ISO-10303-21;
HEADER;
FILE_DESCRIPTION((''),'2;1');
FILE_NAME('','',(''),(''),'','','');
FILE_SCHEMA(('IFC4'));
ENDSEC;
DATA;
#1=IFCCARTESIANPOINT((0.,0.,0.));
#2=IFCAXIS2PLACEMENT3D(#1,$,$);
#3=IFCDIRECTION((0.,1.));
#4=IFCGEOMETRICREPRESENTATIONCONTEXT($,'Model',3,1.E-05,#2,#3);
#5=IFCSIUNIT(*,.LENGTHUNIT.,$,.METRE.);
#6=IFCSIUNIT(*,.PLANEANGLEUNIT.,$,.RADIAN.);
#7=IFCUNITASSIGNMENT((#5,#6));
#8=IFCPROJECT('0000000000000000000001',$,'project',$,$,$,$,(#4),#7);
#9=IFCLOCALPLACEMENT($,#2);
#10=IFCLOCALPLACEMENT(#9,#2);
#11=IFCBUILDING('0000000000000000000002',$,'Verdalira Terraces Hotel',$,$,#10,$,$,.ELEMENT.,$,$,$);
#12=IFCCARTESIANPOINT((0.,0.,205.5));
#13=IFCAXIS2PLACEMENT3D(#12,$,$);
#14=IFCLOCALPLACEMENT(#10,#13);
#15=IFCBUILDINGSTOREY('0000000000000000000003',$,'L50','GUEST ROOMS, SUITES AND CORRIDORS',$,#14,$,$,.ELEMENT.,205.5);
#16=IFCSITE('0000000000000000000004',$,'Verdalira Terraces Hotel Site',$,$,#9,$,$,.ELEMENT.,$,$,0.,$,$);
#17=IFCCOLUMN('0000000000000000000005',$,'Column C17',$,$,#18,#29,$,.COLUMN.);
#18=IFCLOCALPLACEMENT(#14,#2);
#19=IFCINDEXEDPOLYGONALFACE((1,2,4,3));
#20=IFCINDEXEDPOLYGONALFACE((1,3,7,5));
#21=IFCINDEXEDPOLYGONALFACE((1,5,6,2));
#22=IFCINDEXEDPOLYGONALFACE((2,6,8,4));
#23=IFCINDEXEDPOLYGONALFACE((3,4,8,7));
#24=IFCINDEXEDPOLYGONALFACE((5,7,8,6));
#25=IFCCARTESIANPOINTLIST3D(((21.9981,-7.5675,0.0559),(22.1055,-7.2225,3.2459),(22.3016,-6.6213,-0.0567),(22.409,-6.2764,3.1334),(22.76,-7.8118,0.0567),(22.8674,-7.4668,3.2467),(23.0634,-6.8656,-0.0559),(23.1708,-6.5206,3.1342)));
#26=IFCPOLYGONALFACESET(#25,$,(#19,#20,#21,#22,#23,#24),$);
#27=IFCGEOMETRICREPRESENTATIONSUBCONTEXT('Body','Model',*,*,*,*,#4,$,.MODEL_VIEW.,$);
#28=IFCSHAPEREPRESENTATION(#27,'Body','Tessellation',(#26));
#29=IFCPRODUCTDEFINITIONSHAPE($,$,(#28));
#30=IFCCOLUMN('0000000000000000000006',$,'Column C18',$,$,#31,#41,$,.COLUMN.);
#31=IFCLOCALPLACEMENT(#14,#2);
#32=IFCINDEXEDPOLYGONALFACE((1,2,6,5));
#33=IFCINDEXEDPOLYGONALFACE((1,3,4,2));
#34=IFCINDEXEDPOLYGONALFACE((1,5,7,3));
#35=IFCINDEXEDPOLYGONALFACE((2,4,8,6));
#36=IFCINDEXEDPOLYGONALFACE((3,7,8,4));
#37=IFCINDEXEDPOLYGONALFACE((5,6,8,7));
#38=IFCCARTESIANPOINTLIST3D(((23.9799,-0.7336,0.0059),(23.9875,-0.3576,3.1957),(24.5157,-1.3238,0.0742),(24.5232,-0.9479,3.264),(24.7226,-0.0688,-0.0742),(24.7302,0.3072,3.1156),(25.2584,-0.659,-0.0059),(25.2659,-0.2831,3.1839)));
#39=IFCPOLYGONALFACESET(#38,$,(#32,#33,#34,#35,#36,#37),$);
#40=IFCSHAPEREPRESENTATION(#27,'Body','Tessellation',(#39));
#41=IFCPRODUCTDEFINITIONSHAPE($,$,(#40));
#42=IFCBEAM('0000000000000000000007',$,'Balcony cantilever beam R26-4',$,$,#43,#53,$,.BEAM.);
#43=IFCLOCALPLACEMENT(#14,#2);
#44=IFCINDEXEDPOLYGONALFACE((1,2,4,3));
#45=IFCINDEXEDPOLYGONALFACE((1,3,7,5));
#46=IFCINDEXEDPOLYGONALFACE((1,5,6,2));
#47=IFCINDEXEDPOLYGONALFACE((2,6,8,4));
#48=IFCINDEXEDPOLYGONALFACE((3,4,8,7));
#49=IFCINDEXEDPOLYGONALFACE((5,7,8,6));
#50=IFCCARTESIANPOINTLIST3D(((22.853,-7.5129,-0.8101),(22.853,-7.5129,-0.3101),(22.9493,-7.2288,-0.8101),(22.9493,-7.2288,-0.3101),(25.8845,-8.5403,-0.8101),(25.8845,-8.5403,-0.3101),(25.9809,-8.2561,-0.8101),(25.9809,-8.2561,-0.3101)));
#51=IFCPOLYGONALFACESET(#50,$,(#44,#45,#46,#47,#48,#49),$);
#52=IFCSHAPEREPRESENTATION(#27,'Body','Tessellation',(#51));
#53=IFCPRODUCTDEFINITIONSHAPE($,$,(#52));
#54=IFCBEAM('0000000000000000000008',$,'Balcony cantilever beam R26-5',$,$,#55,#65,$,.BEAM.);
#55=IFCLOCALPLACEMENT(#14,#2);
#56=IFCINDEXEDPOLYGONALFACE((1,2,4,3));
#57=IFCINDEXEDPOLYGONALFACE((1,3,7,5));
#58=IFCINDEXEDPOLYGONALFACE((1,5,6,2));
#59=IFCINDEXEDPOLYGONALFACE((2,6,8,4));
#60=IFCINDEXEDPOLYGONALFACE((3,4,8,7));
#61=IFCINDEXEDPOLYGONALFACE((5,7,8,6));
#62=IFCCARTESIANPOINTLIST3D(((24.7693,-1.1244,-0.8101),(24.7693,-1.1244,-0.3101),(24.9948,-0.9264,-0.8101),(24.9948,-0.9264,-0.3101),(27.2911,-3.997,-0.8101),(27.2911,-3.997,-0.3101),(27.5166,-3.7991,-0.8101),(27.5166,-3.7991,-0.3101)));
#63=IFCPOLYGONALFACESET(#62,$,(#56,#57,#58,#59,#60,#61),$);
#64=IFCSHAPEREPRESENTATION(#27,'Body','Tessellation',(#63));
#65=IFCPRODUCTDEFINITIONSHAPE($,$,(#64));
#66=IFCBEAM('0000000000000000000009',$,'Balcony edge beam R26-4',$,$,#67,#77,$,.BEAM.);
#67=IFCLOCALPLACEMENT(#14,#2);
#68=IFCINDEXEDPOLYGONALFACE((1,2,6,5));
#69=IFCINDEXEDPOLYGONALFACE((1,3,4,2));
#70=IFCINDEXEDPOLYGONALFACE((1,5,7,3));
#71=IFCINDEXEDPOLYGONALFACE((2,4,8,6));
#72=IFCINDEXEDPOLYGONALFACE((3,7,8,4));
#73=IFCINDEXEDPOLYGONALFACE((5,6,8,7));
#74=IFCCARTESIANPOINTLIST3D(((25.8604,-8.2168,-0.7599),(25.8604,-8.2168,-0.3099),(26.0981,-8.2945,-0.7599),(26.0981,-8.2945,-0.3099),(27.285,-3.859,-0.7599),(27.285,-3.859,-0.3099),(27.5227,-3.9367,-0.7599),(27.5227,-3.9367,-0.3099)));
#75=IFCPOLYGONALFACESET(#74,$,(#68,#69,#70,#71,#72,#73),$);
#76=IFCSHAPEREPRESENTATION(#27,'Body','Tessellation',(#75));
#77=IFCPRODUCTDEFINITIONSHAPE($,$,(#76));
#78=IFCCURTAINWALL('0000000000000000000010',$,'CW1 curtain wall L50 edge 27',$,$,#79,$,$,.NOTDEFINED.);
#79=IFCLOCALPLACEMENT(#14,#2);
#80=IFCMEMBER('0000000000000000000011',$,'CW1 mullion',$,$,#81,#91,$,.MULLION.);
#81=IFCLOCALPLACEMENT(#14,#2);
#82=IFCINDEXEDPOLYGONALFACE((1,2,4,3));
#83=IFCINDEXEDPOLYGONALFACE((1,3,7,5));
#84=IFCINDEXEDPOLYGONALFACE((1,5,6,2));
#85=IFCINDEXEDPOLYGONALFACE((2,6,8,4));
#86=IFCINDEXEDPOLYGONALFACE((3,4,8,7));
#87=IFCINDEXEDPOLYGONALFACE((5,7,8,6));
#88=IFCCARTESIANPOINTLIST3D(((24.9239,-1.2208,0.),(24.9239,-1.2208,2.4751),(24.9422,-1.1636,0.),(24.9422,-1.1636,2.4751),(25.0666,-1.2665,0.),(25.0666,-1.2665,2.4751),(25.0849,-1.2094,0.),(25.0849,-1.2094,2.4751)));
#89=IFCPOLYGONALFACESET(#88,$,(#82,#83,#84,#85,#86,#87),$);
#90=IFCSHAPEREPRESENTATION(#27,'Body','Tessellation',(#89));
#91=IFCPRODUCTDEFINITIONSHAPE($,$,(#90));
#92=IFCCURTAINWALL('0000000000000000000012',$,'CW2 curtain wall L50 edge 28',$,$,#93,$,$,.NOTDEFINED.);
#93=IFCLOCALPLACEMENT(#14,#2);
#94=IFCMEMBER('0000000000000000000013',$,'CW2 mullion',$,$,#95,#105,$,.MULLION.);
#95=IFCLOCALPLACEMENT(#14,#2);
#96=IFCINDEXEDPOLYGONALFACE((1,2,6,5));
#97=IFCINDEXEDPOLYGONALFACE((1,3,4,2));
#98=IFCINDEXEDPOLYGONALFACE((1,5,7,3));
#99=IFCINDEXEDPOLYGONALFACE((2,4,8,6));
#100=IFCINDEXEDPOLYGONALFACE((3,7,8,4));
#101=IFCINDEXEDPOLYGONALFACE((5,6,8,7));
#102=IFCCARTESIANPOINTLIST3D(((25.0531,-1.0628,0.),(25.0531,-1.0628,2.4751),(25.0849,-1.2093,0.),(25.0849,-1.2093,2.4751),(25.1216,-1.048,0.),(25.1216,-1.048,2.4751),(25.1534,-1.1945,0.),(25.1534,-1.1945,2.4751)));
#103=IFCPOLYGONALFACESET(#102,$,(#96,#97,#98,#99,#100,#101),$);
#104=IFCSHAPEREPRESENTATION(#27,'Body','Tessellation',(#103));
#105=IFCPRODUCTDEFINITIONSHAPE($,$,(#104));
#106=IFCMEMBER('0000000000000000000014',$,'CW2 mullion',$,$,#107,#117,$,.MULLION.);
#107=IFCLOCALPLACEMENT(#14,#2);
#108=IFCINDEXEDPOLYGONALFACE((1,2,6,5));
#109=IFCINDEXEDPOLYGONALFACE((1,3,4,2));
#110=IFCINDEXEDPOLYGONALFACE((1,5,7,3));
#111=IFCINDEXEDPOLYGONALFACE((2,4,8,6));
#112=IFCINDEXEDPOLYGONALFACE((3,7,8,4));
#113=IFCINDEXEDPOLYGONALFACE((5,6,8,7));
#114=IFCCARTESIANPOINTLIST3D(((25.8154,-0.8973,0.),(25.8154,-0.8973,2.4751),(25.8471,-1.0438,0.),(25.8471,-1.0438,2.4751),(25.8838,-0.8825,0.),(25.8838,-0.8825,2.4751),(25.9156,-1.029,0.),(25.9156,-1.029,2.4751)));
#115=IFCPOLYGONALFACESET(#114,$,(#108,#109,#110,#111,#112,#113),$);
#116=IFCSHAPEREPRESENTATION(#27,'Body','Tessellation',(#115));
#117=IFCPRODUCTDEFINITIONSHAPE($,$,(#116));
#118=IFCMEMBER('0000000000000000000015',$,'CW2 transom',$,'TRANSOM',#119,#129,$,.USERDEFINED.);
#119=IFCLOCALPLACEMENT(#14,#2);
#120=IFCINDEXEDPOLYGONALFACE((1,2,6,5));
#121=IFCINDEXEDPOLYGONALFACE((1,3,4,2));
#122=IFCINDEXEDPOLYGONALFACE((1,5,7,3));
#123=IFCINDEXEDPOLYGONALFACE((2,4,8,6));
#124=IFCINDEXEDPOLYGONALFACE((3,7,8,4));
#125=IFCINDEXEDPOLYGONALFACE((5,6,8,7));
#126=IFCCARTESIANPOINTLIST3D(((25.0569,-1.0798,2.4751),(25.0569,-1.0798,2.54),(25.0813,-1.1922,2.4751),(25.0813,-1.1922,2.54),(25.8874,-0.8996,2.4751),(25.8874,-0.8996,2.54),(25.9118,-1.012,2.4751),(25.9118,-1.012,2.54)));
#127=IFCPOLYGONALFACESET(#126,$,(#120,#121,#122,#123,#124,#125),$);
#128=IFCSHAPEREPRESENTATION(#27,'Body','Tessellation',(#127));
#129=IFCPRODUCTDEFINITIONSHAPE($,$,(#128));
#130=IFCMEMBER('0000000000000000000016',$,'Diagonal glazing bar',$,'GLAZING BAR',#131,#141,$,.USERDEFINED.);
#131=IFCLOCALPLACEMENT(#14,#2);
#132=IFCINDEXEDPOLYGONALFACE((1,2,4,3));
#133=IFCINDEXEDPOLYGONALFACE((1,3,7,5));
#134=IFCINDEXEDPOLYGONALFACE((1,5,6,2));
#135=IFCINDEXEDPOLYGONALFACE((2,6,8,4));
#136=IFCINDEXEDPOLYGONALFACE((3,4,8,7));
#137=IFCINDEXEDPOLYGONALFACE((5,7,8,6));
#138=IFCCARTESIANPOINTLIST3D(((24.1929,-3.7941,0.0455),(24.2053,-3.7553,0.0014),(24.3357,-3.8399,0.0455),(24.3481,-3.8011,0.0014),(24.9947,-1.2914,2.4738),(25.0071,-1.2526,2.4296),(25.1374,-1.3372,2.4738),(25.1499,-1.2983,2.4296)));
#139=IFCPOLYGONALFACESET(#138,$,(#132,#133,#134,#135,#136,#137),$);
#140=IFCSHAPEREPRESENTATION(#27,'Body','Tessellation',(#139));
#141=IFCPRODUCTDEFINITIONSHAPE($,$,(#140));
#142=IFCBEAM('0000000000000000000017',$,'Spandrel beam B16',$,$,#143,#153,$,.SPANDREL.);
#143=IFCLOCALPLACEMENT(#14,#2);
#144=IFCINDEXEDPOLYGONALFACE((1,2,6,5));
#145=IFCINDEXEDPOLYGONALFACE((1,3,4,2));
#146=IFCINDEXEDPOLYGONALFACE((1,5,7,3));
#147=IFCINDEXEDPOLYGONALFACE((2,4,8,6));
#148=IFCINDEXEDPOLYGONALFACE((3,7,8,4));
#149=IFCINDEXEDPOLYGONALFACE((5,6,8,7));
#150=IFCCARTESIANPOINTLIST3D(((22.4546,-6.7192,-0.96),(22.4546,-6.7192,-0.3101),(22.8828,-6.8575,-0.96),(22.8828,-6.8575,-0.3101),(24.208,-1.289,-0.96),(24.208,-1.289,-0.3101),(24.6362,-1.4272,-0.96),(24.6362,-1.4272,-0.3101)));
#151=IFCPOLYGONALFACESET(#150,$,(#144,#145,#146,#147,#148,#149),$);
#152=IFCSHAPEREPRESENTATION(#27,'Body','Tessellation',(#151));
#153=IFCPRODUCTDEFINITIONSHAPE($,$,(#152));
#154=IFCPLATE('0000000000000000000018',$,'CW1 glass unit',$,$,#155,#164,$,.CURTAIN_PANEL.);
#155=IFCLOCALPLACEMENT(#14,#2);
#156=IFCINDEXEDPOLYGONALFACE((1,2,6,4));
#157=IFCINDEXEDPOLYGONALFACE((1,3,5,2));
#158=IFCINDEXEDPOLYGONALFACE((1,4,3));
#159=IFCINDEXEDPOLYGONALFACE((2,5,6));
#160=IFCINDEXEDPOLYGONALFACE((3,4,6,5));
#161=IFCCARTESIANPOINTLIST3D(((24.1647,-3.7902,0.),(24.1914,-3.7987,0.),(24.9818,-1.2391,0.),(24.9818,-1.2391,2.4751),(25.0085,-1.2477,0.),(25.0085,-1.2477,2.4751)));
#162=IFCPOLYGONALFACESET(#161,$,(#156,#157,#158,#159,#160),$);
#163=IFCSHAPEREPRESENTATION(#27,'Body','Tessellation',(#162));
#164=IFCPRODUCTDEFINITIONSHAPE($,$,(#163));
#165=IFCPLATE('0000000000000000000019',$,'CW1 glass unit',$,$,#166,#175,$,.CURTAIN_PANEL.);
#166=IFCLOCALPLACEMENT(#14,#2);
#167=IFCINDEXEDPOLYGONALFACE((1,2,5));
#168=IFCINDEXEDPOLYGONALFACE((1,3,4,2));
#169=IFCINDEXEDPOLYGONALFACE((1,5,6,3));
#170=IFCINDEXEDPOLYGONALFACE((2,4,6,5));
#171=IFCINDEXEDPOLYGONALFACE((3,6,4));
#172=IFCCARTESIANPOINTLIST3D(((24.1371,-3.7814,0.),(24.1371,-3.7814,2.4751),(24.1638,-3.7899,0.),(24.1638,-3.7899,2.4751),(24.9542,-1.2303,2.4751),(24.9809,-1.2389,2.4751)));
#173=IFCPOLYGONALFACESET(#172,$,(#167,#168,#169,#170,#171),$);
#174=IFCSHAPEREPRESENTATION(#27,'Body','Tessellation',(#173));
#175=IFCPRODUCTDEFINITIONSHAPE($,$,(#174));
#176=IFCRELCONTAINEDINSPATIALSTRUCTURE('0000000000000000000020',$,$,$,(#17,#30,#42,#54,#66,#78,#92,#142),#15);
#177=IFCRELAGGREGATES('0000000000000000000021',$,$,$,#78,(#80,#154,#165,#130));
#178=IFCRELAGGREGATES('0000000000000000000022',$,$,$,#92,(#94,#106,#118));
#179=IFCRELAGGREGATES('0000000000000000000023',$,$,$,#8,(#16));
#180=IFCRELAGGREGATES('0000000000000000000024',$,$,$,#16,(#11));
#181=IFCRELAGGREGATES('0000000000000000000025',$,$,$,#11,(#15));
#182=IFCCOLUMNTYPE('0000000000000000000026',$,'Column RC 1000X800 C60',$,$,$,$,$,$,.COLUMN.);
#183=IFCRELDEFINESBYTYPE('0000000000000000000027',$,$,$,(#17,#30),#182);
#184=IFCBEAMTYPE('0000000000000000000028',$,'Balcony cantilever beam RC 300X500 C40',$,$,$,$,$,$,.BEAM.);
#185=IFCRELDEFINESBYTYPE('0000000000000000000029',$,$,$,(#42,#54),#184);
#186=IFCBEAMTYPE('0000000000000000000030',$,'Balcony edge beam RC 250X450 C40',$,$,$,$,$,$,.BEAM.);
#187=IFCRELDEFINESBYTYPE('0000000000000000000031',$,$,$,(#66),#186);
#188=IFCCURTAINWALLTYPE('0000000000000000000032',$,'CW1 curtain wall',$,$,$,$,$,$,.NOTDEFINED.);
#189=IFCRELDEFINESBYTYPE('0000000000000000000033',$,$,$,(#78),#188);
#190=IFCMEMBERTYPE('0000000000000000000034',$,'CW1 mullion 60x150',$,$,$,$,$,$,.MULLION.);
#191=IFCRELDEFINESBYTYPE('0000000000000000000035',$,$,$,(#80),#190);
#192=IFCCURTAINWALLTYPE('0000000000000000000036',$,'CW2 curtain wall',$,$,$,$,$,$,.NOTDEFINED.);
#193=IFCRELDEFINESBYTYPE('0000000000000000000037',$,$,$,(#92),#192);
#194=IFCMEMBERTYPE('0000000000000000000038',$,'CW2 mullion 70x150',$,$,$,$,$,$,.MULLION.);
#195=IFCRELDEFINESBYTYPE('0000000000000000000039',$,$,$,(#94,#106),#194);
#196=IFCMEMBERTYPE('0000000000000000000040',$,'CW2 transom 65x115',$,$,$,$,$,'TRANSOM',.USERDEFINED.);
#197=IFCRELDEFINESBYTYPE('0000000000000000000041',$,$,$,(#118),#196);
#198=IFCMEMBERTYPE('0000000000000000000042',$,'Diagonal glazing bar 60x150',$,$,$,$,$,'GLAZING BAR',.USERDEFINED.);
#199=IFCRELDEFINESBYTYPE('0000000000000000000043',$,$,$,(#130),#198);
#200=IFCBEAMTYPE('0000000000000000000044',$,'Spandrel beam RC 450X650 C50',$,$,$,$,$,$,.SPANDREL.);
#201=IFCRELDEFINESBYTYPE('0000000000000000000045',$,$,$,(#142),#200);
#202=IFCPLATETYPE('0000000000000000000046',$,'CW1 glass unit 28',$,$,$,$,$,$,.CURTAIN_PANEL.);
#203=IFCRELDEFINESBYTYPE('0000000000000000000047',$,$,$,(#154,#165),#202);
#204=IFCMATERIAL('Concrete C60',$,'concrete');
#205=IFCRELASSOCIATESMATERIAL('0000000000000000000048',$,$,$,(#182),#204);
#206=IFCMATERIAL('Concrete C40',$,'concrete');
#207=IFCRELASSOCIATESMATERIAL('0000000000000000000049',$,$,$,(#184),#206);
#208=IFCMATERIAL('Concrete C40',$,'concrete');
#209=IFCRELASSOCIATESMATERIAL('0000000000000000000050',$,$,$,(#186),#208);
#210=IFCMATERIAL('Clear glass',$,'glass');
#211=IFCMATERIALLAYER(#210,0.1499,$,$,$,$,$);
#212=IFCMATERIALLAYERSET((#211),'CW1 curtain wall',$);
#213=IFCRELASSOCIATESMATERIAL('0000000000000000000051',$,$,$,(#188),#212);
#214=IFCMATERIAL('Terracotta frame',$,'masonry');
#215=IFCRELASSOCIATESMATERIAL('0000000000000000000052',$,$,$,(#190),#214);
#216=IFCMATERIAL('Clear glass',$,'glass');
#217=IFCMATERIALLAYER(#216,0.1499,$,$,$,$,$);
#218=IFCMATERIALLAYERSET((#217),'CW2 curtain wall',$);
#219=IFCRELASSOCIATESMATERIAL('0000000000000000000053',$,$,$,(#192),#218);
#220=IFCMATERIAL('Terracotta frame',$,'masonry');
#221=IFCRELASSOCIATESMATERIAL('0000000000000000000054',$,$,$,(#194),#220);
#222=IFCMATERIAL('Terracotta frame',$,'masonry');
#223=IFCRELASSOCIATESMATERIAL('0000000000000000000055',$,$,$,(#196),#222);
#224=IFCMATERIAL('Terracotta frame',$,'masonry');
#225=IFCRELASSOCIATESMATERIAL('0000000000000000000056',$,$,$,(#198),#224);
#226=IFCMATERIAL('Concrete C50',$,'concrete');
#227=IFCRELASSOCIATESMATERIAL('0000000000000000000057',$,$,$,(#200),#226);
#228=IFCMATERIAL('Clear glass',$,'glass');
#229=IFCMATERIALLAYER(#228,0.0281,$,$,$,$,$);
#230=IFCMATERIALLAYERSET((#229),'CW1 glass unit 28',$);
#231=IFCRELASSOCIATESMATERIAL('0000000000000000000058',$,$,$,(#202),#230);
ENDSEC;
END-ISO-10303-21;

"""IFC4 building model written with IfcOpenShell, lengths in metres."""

from ifc_helpers import new_model, si_unit, direction, frame, origin, origin_2d, place, context, subcontext, project, spatial, polyline, rectangle, outline, extrude, material, layer, layer_set, material_profile, profile_set, type_object, element, aggregate, save


model = new_model("IFC4")

# Units and contexts
model_context = context("Model", 3, precision=1e-05, world=origin(), true_north=direction((0.0, 1.0)))
body_context = subcontext(model_context, "Body", "Model", "MODEL_VIEW")
ifc_project = project(units=[si_unit("LENGTHUNIT", "METRE"), si_unit("PLANEANGLEUNIT", "RADIAN")], contexts=[model_context])

# Site, building, storey
site_placement = place(None, origin())
site = spatial("IfcSite", under=ifc_project, at=site_placement, Name="Verdalira Terraces Hotel Site", CompositionType="ELEMENT", RefElevation=0.0)
building_placement = place(site_placement, origin())
building = spatial("IfcBuilding", under=site, at=building_placement, Name="Verdalira Terraces Hotel", CompositionType="ELEMENT")
storey_placement = place(building_placement, frame((0.0, 0.0, 205.5)))
storey = spatial("IfcBuildingStorey", under=building, at=storey_placement, Name="L50", Description="GUEST ROOMS, SUITES AND CORRIDORS", CompositionType="ELEMENT", Elevation=205.5)

# Columns
ifc_material_1 = material(Name="Concrete C60", Category="concrete")
ifc_material_profile_1 = material_profile(ifc_material_1, rectangle(XDim=1.0, YDim=0.8, at=origin_2d()), Name="RC 1000X800")
ifc_profile_set_1 = profile_set([ifc_material_profile_1], Name="Concrete C60")
column_type = type_object("IfcColumnType", Name="Column RC 1000X800 C60", PredefinedType="COLUMN", material=ifc_profile_set_1)
column_1_placement = place(storey_placement, frame((22.5308, -7.2166, 0.0), z_axis=(0.033461, 0.107456, 0.993647), x_axis=(0.303464, 0.946173, -0.112541)))
element("IfcColumn", 1, at=column_1_placement, inside=storey, type_object=column_type, Name="Column C17", PredefinedType="COLUMN", context=body_context, shape_type="SweptSolid", body=[
    extrude(rectangle(XDim=1.0, YDim=0.8, at=origin_2d()), origin(), (0.0, 0.0, 1.0), 3.2104),
])
column_2_placement = place(storey_placement, frame((24.6191, -0.6963, 0.0), z_axis=(0.002356, 0.117053, 0.993123), x_axis=(-0.742703, -0.66481, 0.080119)))
element("IfcColumn", 2, at=column_2_placement, inside=storey, type_object=column_type, Name="Column C18", PredefinedType="COLUMN", context=body_context, shape_type="SweptSolid", body=[
    extrude(rectangle(XDim=1.0, YDim=0.8, at=origin_2d()), origin(), (0.0, 0.0, 1.0), 3.2119),
])

# Beams
ifc_material_2 = material(Name="Concrete C40", Category="concrete")
ifc_material_profile_2 = material_profile(ifc_material_2, rectangle(XDim=0.3, YDim=0.5, at=origin_2d()), Name="RC 300X500")
ifc_profile_set_2 = profile_set([ifc_material_profile_2], Name="Concrete C40")
beam_type_1 = type_object("IfcBeamType", Name="Balcony cantilever beam RC 300X500 C40", PredefinedType="BEAM", material=ifc_profile_set_2)
beam_1_placement = place(storey_placement, frame((22.9011, -7.3708, -0.5601), z_axis=(0.947093, -0.32096, 0.0), x_axis=(0.32096, 0.947093, 0.0)))
element("IfcBeam", 3, at=beam_1_placement, inside=storey, type_object=beam_type_1, Name="Balcony cantilever beam R26-4", PredefinedType="BEAM", context=body_context, shape_type="SweptSolid", body=[
    extrude(rectangle(XDim=0.3, YDim=0.5, at=origin_2d()), origin(), (0.0, 0.0, 1.0), 3.2009),
])
beam_2_placement = place(storey_placement, frame((24.8821, -1.0254, -0.5601), z_axis=(0.659725, -0.751507, 0.0), x_axis=(0.751507, 0.659725, 0.0)))
element("IfcBeam", 4, at=beam_2_placement, inside=storey, type_object=beam_type_1, Name="Balcony cantilever beam R26-5", PredefinedType="BEAM", context=body_context, shape_type="SweptSolid", body=[
    extrude(rectangle(XDim=0.3, YDim=0.5, at=origin_2d()), origin(), (0.0, 0.0, 1.0), 3.8225),
])
ifc_material_3 = material(Name="Concrete C40", Category="concrete")
ifc_material_profile_3 = material_profile(ifc_material_3, rectangle(XDim=0.25, YDim=0.45, at=origin_2d()), Name="RC 250X450")
ifc_profile_set_3 = profile_set([ifc_material_profile_3], Name="Concrete C40")
beam_type_2 = type_object("IfcBeamType", Name="Balcony edge beam RC 250X450 C40", PredefinedType="BEAM", material=ifc_profile_set_3)
beam_3_placement = place(storey_placement, frame((25.9792, -8.2556, -0.5349), z_axis=(0.310727, 0.950499, 0.0), x_axis=(-0.950499, 0.310727, 0.0)))
element("IfcBeam", 5, at=beam_3_placement, inside=storey, type_object=beam_type_2, Name="Balcony edge beam R26-4", PredefinedType="BEAM", context=body_context, shape_type="SweptSolid", body=[
    extrude(rectangle(XDim=0.25, YDim=0.45, at=origin_2d()), origin(), (0.0, 0.0, 1.0), 4.5847),
])

# Curtain wall, member
ifc_material_4 = material(Name="Clear glass", Category="glass")
ifc_layer_1 = layer(ifc_material_4, 0.1499)
ifc_layer_set_1 = layer_set([ifc_layer_1], Name="CW1 curtain wall")
curtain_wall_type_1 = type_object("IfcCurtainWallType", Name="CW1 curtain wall", PredefinedType="NOTDEFINED", material=ifc_layer_set_1)
curtain_wall_1_placement = place(storey_placement, origin())
curtain_wall_1 = element("IfcCurtainWall", 6, at=curtain_wall_1_placement, inside=storey, type_object=curtain_wall_type_1, Name="CW1 curtain wall L50 edge 27", PredefinedType="NOTDEFINED")
ifc_material_5 = material(Name="Terracotta frame", Category="masonry")
ifc_material_profile_4 = material_profile(ifc_material_5, rectangle(XDim=0.0601, YDim=0.1499, at=origin_2d()), Name="MU 60x150")
ifc_profile_set_4 = profile_set([ifc_material_profile_4], Name="Terracotta frame")
member_type_1 = type_object("IfcMemberType", Name="CW1 mullion 60x150", PredefinedType="MULLION", material=ifc_profile_set_4)
member_1_placement = place(storey_placement, frame((25.0044, -1.2151, 0.0), z_axis=(0.0, 0.0, 1.0), x_axis=(0.305031, 0.952343, 0.0)))
member_1 = element("IfcMember", 7, at=member_1_placement, type_object=member_type_1, Name="CW1 mullion", PredefinedType="MULLION", context=body_context, shape_type="SweptSolid", body=[
    extrude(rectangle(XDim=0.0601, YDim=0.1499, at=origin_2d()), origin(), (0.0, 0.0, 1.0), 2.4751),
])

# Curtain wall, members
ifc_material_6 = material(Name="Clear glass", Category="glass")
ifc_layer_2 = layer(ifc_material_6, 0.1499)
ifc_layer_set_2 = layer_set([ifc_layer_2], Name="CW2 curtain wall")
curtain_wall_type_2 = type_object("IfcCurtainWallType", Name="CW2 curtain wall", PredefinedType="NOTDEFINED", material=ifc_layer_set_2)
curtain_wall_2_placement = place(storey_placement, origin())
curtain_wall_2 = element("IfcCurtainWall", 8, at=curtain_wall_2_placement, inside=storey, type_object=curtain_wall_type_2, Name="CW2 curtain wall L50 edge 28", PredefinedType="NOTDEFINED")
ifc_material_7 = material(Name="Terracotta frame", Category="masonry")
ifc_material_profile_5 = material_profile(ifc_material_7, rectangle(XDim=0.0701, YDim=0.1499, at=origin_2d()), Name="MU 70x150")
ifc_profile_set_5 = profile_set([ifc_material_profile_5], Name="Terracotta frame")
member_type_2 = type_object("IfcMemberType", Name="CW2 mullion 70x150", PredefinedType="MULLION", material=ifc_profile_set_5)
member_2_placement = place(storey_placement, frame((25.1033, -1.1287, 0.0), z_axis=(0.0, 0.0, 1.0), x_axis=(0.977268, 0.212007, 0.0)))
member_2 = element("IfcMember", 9, at=member_2_placement, type_object=member_type_2, Name="CW2 mullion", PredefinedType="MULLION", context=body_context, shape_type="SweptSolid", body=[
    extrude(rectangle(XDim=0.0701, YDim=0.1499, at=origin_2d()), origin(), (0.0, 0.0, 1.0), 2.4751),
])
member_3_placement = place(storey_placement, frame((25.8655, -0.9631, 0.0), z_axis=(0.0, 0.0, 1.0), x_axis=(0.977268, 0.212007, 0.0)))
member_3 = element("IfcMember", 10, at=member_3_placement, type_object=member_type_2, Name="CW2 mullion", PredefinedType="MULLION", context=body_context, shape_type="SweptSolid", body=[
    extrude(rectangle(XDim=0.0701, YDim=0.1499, at=origin_2d()), origin(), (0.0, 0.0, 1.0), 2.4751),
])
ifc_material_8 = material(Name="Terracotta frame", Category="masonry")
ifc_material_profile_6 = material_profile(ifc_material_8, rectangle(XDim=0.115, YDim=0.0649, at=origin_2d()), Name="TR 65x115")
ifc_profile_set_6 = profile_set([ifc_material_profile_6], Name="Terracotta frame")
member_type_3 = type_object("IfcMemberType", Name="CW2 transom 65x115", ElementType="TRANSOM", PredefinedType="USERDEFINED", material=ifc_profile_set_6)
member_4_placement = place(storey_placement, frame((25.0691, -1.136, 2.5076), z_axis=(0.97727, 0.212, 0.0), x_axis=(-0.212, 0.97727, 0.0)))
member_4 = element("IfcMember", 11, at=member_4_placement, type_object=member_type_3, Name="CW2 transom", ObjectType="TRANSOM", PredefinedType="USERDEFINED", context=body_context, shape_type="SweptSolid", body=[
    extrude(rectangle(XDim=0.115, YDim=0.0649, at=origin_2d()), origin(), (0.0, 0.0, 1.0), 0.8499),
])

# Member
ifc_material_9 = material(Name="Terracotta frame", Category="masonry")
ifc_material_profile_7 = material_profile(ifc_material_9, rectangle(XDim=0.1499, YDim=0.0601, at=origin_2d()), Name="GB 60x150")
ifc_profile_set_7 = profile_set([ifc_material_profile_7], Name="Terracotta frame")
member_type_4 = type_object("IfcMemberType", Name="Diagonal glazing bar 60x150", ElementType="GLAZING BAR", PredefinedType="USERDEFINED", material=ifc_profile_set_7)
member_5_placement = place(storey_placement, frame((24.2705, -3.7976, 0.0234), z_axis=(0.224076, 0.699453, 0.678642), x_axis=(-0.952325, 0.305086, 0.0)))
member_5 = element("IfcMember", 12, at=member_5_placement, type_object=member_type_4, Name="Diagonal glazing bar", ObjectType="GLAZING BAR", PredefinedType="USERDEFINED", context=body_context, shape_type="SweptSolid", body=[
    extrude(rectangle(XDim=0.1499, YDim=0.0601, at=origin_2d()), origin(), (0.0, 0.0, 1.0), 3.5781),
])

# Beam
ifc_material_10 = material(Name="Concrete C50", Category="concrete")
ifc_material_profile_8 = material_profile(ifc_material_10, rectangle(XDim=0.45, YDim=0.6499, at=origin_2d()), Name="RC 450X650")
ifc_profile_set_8 = profile_set([ifc_material_profile_8], Name="Concrete C50")
beam_type_3 = type_object("IfcBeamType", Name="Spandrel beam RC 450X650 C50", PredefinedType="SPANDREL", material=ifc_profile_set_8)
beam_4_placement = place(storey_placement, frame((22.6687, -6.7883, -0.635), z_axis=(0.30728, 0.951619, 0.0), x_axis=(-0.951619, 0.30728, 0.0)))
element("IfcBeam", 13, at=beam_4_placement, inside=storey, type_object=beam_type_3, Name="Spandrel beam B16", PredefinedType="SPANDREL", context=body_context, shape_type="SweptSolid", body=[
    extrude(rectangle(XDim=0.45, YDim=0.6499, at=origin_2d()), origin(), (0.0, 0.0, 1.0), 5.7063),
])

# Plates
ifc_material_11 = material(Name="Clear glass", Category="glass")
ifc_layer_3 = layer(ifc_material_11, 0.0281)
ifc_layer_set_3 = layer_set([ifc_layer_3], Name="CW1 glass unit 28")
plate_type_1 = type_object("IfcPlateType", Name="CW1 glass unit 28", PredefinedType="CURTAIN_PANEL", material=ifc_layer_set_3)
plate_1_placement = place(storey_placement, frame((24.5732, -2.5146, 1.2375), z_axis=(0.952343, -0.305031, 0.0), x_axis=(0.305031, 0.952343, 0.0)))
plate_1 = element("IfcPlate", 14, at=plate_1_placement, type_object=plate_type_1, Name="CW1 glass unit", PredefinedType="CURTAIN_PANEL", context=body_context, shape_type="SweptSolid", body=[
    extrude(outline(polyline([(-1.3394, -1.2375), (1.3394, -1.2375), (1.3394, 1.2375), (-1.3394, -1.2375)])), origin(), (0.0, 0.0, 1.0), 0.0281),
])
plate_2_placement = place(storey_placement, frame((24.5457, -2.5059, 1.2375), z_axis=(0.952343, -0.305031, 0.0), x_axis=(0.305031, 0.952343, 0.0)))
plate_2 = element("IfcPlate", 15, at=plate_2_placement, type_object=plate_type_1, Name="CW1 glass unit", PredefinedType="CURTAIN_PANEL", context=body_context, shape_type="SweptSolid", body=[
    extrude(outline(polyline([(-1.3394, -1.2375), (1.3394, 1.2375), (-1.3394, 1.2375), (-1.3394, -1.2375)])), origin(), (0.0, 0.0, 1.0), 0.0281),
])
aggregate(curtain_wall_1, [member_1, plate_1, plate_2, member_5])
aggregate(curtain_wall_2, [member_2, member_3, member_4])

save(model, "model.ifc")
